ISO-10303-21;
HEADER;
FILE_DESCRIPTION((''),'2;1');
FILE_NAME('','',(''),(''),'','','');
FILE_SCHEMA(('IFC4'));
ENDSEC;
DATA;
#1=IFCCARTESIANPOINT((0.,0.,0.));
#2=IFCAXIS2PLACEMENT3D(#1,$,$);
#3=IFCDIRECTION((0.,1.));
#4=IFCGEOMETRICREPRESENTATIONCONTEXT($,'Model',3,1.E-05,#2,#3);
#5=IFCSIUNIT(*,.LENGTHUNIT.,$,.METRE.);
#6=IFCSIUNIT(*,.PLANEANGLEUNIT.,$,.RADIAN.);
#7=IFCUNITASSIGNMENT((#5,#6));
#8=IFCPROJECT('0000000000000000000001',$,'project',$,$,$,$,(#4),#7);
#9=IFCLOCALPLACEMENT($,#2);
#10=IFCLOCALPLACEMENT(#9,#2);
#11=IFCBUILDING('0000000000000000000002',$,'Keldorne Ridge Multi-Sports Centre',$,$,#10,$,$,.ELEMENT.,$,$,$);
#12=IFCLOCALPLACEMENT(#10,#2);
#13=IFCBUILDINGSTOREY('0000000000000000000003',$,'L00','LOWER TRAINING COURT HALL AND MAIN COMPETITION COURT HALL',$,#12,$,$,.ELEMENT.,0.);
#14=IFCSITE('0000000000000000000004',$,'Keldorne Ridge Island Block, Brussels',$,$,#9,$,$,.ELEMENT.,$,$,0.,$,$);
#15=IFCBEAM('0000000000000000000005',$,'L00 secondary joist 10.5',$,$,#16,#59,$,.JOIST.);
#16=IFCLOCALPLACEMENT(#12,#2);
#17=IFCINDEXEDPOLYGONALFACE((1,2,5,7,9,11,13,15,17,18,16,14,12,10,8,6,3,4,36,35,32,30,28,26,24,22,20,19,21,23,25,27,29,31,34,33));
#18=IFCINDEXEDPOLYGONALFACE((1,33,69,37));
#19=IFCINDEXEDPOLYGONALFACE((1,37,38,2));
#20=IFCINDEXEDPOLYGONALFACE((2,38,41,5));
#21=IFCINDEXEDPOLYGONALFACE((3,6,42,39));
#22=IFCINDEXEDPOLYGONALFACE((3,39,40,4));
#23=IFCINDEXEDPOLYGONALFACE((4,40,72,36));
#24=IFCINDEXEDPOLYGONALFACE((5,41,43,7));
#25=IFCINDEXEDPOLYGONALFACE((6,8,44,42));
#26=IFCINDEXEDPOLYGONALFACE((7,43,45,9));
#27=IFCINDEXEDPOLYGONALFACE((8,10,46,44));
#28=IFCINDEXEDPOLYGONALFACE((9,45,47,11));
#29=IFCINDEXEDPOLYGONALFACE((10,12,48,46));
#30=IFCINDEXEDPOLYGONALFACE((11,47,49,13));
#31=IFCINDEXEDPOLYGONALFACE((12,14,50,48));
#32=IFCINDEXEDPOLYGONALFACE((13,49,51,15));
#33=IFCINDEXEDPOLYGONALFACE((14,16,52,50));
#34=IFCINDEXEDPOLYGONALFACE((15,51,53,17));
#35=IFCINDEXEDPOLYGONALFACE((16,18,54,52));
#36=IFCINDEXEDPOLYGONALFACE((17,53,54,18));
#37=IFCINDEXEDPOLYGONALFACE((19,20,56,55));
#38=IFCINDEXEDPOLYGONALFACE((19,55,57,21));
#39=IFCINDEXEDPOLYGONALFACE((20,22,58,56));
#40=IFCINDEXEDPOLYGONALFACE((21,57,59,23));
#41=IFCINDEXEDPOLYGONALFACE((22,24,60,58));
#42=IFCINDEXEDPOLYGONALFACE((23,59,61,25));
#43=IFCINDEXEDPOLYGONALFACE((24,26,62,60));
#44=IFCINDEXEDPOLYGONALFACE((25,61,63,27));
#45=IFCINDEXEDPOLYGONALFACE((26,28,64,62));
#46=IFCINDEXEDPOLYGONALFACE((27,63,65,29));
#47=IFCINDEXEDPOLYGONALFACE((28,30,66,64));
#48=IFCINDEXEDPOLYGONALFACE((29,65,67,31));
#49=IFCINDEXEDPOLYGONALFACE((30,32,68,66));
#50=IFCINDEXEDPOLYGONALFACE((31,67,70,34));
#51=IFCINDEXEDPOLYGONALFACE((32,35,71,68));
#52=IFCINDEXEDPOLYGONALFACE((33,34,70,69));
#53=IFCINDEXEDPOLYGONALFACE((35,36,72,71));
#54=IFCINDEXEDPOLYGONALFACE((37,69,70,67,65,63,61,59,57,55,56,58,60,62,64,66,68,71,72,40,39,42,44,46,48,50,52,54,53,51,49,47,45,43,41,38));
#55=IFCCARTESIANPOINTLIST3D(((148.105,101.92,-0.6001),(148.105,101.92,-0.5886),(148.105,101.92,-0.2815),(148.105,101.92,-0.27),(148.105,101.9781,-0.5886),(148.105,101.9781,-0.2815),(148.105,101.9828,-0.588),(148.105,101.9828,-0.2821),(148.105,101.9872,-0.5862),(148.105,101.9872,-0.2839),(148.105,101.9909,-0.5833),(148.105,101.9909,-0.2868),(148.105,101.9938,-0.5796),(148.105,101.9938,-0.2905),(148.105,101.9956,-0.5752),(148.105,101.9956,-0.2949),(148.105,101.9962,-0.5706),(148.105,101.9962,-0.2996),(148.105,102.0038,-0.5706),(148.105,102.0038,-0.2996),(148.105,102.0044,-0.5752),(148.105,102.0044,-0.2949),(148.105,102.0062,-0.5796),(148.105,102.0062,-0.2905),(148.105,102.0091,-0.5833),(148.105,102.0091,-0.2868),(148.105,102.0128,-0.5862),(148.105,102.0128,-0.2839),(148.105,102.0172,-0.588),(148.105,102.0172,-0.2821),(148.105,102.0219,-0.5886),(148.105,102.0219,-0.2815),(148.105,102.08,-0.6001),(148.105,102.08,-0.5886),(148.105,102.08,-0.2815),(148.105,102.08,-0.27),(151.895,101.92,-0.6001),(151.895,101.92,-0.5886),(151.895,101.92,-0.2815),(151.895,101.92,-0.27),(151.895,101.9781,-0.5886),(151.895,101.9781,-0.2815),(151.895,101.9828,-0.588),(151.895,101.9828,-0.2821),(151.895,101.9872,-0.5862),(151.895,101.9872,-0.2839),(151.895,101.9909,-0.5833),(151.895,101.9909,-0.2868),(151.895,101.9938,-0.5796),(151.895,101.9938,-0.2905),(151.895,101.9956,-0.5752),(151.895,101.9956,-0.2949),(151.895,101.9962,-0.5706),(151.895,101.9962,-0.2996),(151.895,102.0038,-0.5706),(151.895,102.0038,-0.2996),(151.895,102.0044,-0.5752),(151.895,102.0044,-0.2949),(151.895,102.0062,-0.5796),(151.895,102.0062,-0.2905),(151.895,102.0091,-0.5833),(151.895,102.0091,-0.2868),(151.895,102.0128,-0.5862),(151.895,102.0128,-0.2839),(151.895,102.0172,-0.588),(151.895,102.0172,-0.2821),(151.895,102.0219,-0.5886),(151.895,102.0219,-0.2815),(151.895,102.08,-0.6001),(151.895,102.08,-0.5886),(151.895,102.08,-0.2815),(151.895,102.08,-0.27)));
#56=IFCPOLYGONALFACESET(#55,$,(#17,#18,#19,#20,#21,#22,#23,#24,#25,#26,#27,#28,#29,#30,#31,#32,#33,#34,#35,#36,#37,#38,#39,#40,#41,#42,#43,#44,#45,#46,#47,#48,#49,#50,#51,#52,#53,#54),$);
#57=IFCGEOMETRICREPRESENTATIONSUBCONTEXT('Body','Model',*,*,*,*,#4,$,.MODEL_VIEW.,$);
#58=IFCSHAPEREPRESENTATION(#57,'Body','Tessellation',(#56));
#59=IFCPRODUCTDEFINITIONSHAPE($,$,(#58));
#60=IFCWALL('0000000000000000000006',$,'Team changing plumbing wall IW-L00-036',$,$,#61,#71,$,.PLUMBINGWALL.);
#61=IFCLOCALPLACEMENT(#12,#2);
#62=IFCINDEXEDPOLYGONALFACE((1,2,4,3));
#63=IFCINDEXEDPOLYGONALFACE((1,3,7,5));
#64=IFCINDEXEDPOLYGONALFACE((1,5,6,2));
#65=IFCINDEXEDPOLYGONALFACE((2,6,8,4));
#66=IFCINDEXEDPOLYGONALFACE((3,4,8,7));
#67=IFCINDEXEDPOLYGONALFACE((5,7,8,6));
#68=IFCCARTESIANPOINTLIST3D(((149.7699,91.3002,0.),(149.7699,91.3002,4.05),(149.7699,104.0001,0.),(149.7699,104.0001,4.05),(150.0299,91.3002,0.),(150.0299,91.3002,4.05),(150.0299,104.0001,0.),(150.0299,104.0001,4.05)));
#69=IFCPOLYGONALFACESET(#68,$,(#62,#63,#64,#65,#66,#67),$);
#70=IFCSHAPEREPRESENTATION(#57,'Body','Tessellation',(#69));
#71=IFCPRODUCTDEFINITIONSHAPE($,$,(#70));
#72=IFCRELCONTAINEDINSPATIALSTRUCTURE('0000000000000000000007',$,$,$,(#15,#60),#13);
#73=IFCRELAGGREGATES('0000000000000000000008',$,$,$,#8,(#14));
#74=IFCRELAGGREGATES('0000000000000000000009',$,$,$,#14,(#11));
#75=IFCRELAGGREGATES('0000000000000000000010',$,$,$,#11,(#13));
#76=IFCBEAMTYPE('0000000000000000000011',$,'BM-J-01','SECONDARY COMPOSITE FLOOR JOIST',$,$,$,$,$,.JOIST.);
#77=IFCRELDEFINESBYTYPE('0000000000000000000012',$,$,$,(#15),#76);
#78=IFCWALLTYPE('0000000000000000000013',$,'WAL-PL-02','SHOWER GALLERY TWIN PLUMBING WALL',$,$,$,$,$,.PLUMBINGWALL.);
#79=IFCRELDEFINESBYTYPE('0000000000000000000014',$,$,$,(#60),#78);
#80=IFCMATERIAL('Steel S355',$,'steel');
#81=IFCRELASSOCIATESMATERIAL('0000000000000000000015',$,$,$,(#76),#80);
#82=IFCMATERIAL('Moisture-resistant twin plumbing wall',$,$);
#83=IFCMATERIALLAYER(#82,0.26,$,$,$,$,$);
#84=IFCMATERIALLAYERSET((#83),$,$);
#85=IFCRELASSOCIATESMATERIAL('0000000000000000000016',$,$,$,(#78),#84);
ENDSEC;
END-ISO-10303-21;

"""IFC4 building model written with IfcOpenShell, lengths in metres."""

from ifc_helpers import new_model, si_unit, direction, frame, frame_2d, origin, origin_2d, place, context, subcontext, project, spatial, rectangle, i_section, extrude, material, layer, layer_set, material_profile, profile_set, type_object, element, save


model = new_model("IFC4")

# Units and contexts
model_context = context("Model", 3, precision=1e-05, world=origin(), true_north=direction((0.0, 1.0)))
body_context = subcontext(model_context, "Body", "Model", "MODEL_VIEW")
ifc_project = project(units=[si_unit("LENGTHUNIT", "METRE"), si_unit("PLANEANGLEUNIT", "RADIAN")], contexts=[model_context])

# Site, building, storey
site_placement = place(None, origin())
site = spatial("IfcSite", under=ifc_project, at=site_placement, Name="Keldorne Ridge Island Block, Brussels", CompositionType="ELEMENT", RefElevation=0.0)
building_placement = place(site_placement, origin())
building = spatial("IfcBuilding", under=site, at=building_placement, Name="Keldorne Ridge Multi-Sports Centre", CompositionType="ELEMENT")
storey_placement = place(building_placement, origin())
storey = spatial("IfcBuildingStorey", under=building, at=storey_placement, Name="L00", Description="LOWER TRAINING COURT HALL AND MAIN COMPETITION COURT HALL", CompositionType="ELEMENT", Elevation=0.0)

# Shared definitions
ifc_material_1 = material(Name="Steel S355", Category="steel")

# Beam
ifc_material_profile_1 = material_profile(ifc_material_1, i_section(OverallWidth=0.1599, OverallDepth=0.3301, WebThickness=0.0076, FlangeThickness=0.0115, FilletRadius=0.0181, at=origin_2d()), Name="IPE 330")
ifc_profile_set_1 = profile_set([ifc_material_profile_1], Name="Steel S355")
beam_type_1 = type_object("IfcBeamType", Name="BM-J-01", Description="SECONDARY COMPOSITE FLOOR JOIST", PredefinedType="JOIST", material=ifc_profile_set_1)
for number, where, z_axis, x_axis, name in (
    (1, (148.105, 102.0, -0.4351), (1.0, 0.0, 0.0), (0.0, 1.0, 0.0), "L00 secondary joist 10.5"),
):
    element("IfcBeam", number, at=place(storey_placement, frame(where, z_axis=z_axis, x_axis=x_axis)), inside=storey, type_object=beam_type_1, Name=name, PredefinedType="JOIST", context=body_context, shape_type="SweptSolid", body=[
        extrude(i_section(OverallWidth=0.1599, OverallDepth=0.3301, WebThickness=0.0076, FlangeThickness=0.0115, FilletRadius=0.0181, at=origin_2d()), origin(), (0.0, 0.0, 1.0), 3.79),
    ])

# Wall
ifc_material_2 = material(Name="Moisture-resistant twin plumbing wall")
ifc_layer = layer(ifc_material_2, 0.26)
ifc_layer_set = layer_set([ifc_layer])
wall_type = type_object("IfcWallType", Name="WAL-PL-02", Description="SHOWER GALLERY TWIN PLUMBING WALL", PredefinedType="PLUMBINGWALL", material=ifc_layer_set)
wall_placement = place(storey_placement, frame((149.8999, 91.3, 0.0), z_axis=(0.0, 0.0, 1.0), x_axis=(0.0, 1.0, 0.0)))
element("IfcWall", 2, at=wall_placement, inside=storey, type_object=wall_type, Name="Team changing plumbing wall IW-L00-036", PredefinedType="PLUMBINGWALL", context=body_context, shape_type="SweptSolid", body=[
    extrude(rectangle(XDim=12.7, YDim=0.26, at=frame_2d((6.3501, 0.0))), origin(), (0.0, 0.0, 1.0), 4.05),
])

save(model, "model.ifc")
